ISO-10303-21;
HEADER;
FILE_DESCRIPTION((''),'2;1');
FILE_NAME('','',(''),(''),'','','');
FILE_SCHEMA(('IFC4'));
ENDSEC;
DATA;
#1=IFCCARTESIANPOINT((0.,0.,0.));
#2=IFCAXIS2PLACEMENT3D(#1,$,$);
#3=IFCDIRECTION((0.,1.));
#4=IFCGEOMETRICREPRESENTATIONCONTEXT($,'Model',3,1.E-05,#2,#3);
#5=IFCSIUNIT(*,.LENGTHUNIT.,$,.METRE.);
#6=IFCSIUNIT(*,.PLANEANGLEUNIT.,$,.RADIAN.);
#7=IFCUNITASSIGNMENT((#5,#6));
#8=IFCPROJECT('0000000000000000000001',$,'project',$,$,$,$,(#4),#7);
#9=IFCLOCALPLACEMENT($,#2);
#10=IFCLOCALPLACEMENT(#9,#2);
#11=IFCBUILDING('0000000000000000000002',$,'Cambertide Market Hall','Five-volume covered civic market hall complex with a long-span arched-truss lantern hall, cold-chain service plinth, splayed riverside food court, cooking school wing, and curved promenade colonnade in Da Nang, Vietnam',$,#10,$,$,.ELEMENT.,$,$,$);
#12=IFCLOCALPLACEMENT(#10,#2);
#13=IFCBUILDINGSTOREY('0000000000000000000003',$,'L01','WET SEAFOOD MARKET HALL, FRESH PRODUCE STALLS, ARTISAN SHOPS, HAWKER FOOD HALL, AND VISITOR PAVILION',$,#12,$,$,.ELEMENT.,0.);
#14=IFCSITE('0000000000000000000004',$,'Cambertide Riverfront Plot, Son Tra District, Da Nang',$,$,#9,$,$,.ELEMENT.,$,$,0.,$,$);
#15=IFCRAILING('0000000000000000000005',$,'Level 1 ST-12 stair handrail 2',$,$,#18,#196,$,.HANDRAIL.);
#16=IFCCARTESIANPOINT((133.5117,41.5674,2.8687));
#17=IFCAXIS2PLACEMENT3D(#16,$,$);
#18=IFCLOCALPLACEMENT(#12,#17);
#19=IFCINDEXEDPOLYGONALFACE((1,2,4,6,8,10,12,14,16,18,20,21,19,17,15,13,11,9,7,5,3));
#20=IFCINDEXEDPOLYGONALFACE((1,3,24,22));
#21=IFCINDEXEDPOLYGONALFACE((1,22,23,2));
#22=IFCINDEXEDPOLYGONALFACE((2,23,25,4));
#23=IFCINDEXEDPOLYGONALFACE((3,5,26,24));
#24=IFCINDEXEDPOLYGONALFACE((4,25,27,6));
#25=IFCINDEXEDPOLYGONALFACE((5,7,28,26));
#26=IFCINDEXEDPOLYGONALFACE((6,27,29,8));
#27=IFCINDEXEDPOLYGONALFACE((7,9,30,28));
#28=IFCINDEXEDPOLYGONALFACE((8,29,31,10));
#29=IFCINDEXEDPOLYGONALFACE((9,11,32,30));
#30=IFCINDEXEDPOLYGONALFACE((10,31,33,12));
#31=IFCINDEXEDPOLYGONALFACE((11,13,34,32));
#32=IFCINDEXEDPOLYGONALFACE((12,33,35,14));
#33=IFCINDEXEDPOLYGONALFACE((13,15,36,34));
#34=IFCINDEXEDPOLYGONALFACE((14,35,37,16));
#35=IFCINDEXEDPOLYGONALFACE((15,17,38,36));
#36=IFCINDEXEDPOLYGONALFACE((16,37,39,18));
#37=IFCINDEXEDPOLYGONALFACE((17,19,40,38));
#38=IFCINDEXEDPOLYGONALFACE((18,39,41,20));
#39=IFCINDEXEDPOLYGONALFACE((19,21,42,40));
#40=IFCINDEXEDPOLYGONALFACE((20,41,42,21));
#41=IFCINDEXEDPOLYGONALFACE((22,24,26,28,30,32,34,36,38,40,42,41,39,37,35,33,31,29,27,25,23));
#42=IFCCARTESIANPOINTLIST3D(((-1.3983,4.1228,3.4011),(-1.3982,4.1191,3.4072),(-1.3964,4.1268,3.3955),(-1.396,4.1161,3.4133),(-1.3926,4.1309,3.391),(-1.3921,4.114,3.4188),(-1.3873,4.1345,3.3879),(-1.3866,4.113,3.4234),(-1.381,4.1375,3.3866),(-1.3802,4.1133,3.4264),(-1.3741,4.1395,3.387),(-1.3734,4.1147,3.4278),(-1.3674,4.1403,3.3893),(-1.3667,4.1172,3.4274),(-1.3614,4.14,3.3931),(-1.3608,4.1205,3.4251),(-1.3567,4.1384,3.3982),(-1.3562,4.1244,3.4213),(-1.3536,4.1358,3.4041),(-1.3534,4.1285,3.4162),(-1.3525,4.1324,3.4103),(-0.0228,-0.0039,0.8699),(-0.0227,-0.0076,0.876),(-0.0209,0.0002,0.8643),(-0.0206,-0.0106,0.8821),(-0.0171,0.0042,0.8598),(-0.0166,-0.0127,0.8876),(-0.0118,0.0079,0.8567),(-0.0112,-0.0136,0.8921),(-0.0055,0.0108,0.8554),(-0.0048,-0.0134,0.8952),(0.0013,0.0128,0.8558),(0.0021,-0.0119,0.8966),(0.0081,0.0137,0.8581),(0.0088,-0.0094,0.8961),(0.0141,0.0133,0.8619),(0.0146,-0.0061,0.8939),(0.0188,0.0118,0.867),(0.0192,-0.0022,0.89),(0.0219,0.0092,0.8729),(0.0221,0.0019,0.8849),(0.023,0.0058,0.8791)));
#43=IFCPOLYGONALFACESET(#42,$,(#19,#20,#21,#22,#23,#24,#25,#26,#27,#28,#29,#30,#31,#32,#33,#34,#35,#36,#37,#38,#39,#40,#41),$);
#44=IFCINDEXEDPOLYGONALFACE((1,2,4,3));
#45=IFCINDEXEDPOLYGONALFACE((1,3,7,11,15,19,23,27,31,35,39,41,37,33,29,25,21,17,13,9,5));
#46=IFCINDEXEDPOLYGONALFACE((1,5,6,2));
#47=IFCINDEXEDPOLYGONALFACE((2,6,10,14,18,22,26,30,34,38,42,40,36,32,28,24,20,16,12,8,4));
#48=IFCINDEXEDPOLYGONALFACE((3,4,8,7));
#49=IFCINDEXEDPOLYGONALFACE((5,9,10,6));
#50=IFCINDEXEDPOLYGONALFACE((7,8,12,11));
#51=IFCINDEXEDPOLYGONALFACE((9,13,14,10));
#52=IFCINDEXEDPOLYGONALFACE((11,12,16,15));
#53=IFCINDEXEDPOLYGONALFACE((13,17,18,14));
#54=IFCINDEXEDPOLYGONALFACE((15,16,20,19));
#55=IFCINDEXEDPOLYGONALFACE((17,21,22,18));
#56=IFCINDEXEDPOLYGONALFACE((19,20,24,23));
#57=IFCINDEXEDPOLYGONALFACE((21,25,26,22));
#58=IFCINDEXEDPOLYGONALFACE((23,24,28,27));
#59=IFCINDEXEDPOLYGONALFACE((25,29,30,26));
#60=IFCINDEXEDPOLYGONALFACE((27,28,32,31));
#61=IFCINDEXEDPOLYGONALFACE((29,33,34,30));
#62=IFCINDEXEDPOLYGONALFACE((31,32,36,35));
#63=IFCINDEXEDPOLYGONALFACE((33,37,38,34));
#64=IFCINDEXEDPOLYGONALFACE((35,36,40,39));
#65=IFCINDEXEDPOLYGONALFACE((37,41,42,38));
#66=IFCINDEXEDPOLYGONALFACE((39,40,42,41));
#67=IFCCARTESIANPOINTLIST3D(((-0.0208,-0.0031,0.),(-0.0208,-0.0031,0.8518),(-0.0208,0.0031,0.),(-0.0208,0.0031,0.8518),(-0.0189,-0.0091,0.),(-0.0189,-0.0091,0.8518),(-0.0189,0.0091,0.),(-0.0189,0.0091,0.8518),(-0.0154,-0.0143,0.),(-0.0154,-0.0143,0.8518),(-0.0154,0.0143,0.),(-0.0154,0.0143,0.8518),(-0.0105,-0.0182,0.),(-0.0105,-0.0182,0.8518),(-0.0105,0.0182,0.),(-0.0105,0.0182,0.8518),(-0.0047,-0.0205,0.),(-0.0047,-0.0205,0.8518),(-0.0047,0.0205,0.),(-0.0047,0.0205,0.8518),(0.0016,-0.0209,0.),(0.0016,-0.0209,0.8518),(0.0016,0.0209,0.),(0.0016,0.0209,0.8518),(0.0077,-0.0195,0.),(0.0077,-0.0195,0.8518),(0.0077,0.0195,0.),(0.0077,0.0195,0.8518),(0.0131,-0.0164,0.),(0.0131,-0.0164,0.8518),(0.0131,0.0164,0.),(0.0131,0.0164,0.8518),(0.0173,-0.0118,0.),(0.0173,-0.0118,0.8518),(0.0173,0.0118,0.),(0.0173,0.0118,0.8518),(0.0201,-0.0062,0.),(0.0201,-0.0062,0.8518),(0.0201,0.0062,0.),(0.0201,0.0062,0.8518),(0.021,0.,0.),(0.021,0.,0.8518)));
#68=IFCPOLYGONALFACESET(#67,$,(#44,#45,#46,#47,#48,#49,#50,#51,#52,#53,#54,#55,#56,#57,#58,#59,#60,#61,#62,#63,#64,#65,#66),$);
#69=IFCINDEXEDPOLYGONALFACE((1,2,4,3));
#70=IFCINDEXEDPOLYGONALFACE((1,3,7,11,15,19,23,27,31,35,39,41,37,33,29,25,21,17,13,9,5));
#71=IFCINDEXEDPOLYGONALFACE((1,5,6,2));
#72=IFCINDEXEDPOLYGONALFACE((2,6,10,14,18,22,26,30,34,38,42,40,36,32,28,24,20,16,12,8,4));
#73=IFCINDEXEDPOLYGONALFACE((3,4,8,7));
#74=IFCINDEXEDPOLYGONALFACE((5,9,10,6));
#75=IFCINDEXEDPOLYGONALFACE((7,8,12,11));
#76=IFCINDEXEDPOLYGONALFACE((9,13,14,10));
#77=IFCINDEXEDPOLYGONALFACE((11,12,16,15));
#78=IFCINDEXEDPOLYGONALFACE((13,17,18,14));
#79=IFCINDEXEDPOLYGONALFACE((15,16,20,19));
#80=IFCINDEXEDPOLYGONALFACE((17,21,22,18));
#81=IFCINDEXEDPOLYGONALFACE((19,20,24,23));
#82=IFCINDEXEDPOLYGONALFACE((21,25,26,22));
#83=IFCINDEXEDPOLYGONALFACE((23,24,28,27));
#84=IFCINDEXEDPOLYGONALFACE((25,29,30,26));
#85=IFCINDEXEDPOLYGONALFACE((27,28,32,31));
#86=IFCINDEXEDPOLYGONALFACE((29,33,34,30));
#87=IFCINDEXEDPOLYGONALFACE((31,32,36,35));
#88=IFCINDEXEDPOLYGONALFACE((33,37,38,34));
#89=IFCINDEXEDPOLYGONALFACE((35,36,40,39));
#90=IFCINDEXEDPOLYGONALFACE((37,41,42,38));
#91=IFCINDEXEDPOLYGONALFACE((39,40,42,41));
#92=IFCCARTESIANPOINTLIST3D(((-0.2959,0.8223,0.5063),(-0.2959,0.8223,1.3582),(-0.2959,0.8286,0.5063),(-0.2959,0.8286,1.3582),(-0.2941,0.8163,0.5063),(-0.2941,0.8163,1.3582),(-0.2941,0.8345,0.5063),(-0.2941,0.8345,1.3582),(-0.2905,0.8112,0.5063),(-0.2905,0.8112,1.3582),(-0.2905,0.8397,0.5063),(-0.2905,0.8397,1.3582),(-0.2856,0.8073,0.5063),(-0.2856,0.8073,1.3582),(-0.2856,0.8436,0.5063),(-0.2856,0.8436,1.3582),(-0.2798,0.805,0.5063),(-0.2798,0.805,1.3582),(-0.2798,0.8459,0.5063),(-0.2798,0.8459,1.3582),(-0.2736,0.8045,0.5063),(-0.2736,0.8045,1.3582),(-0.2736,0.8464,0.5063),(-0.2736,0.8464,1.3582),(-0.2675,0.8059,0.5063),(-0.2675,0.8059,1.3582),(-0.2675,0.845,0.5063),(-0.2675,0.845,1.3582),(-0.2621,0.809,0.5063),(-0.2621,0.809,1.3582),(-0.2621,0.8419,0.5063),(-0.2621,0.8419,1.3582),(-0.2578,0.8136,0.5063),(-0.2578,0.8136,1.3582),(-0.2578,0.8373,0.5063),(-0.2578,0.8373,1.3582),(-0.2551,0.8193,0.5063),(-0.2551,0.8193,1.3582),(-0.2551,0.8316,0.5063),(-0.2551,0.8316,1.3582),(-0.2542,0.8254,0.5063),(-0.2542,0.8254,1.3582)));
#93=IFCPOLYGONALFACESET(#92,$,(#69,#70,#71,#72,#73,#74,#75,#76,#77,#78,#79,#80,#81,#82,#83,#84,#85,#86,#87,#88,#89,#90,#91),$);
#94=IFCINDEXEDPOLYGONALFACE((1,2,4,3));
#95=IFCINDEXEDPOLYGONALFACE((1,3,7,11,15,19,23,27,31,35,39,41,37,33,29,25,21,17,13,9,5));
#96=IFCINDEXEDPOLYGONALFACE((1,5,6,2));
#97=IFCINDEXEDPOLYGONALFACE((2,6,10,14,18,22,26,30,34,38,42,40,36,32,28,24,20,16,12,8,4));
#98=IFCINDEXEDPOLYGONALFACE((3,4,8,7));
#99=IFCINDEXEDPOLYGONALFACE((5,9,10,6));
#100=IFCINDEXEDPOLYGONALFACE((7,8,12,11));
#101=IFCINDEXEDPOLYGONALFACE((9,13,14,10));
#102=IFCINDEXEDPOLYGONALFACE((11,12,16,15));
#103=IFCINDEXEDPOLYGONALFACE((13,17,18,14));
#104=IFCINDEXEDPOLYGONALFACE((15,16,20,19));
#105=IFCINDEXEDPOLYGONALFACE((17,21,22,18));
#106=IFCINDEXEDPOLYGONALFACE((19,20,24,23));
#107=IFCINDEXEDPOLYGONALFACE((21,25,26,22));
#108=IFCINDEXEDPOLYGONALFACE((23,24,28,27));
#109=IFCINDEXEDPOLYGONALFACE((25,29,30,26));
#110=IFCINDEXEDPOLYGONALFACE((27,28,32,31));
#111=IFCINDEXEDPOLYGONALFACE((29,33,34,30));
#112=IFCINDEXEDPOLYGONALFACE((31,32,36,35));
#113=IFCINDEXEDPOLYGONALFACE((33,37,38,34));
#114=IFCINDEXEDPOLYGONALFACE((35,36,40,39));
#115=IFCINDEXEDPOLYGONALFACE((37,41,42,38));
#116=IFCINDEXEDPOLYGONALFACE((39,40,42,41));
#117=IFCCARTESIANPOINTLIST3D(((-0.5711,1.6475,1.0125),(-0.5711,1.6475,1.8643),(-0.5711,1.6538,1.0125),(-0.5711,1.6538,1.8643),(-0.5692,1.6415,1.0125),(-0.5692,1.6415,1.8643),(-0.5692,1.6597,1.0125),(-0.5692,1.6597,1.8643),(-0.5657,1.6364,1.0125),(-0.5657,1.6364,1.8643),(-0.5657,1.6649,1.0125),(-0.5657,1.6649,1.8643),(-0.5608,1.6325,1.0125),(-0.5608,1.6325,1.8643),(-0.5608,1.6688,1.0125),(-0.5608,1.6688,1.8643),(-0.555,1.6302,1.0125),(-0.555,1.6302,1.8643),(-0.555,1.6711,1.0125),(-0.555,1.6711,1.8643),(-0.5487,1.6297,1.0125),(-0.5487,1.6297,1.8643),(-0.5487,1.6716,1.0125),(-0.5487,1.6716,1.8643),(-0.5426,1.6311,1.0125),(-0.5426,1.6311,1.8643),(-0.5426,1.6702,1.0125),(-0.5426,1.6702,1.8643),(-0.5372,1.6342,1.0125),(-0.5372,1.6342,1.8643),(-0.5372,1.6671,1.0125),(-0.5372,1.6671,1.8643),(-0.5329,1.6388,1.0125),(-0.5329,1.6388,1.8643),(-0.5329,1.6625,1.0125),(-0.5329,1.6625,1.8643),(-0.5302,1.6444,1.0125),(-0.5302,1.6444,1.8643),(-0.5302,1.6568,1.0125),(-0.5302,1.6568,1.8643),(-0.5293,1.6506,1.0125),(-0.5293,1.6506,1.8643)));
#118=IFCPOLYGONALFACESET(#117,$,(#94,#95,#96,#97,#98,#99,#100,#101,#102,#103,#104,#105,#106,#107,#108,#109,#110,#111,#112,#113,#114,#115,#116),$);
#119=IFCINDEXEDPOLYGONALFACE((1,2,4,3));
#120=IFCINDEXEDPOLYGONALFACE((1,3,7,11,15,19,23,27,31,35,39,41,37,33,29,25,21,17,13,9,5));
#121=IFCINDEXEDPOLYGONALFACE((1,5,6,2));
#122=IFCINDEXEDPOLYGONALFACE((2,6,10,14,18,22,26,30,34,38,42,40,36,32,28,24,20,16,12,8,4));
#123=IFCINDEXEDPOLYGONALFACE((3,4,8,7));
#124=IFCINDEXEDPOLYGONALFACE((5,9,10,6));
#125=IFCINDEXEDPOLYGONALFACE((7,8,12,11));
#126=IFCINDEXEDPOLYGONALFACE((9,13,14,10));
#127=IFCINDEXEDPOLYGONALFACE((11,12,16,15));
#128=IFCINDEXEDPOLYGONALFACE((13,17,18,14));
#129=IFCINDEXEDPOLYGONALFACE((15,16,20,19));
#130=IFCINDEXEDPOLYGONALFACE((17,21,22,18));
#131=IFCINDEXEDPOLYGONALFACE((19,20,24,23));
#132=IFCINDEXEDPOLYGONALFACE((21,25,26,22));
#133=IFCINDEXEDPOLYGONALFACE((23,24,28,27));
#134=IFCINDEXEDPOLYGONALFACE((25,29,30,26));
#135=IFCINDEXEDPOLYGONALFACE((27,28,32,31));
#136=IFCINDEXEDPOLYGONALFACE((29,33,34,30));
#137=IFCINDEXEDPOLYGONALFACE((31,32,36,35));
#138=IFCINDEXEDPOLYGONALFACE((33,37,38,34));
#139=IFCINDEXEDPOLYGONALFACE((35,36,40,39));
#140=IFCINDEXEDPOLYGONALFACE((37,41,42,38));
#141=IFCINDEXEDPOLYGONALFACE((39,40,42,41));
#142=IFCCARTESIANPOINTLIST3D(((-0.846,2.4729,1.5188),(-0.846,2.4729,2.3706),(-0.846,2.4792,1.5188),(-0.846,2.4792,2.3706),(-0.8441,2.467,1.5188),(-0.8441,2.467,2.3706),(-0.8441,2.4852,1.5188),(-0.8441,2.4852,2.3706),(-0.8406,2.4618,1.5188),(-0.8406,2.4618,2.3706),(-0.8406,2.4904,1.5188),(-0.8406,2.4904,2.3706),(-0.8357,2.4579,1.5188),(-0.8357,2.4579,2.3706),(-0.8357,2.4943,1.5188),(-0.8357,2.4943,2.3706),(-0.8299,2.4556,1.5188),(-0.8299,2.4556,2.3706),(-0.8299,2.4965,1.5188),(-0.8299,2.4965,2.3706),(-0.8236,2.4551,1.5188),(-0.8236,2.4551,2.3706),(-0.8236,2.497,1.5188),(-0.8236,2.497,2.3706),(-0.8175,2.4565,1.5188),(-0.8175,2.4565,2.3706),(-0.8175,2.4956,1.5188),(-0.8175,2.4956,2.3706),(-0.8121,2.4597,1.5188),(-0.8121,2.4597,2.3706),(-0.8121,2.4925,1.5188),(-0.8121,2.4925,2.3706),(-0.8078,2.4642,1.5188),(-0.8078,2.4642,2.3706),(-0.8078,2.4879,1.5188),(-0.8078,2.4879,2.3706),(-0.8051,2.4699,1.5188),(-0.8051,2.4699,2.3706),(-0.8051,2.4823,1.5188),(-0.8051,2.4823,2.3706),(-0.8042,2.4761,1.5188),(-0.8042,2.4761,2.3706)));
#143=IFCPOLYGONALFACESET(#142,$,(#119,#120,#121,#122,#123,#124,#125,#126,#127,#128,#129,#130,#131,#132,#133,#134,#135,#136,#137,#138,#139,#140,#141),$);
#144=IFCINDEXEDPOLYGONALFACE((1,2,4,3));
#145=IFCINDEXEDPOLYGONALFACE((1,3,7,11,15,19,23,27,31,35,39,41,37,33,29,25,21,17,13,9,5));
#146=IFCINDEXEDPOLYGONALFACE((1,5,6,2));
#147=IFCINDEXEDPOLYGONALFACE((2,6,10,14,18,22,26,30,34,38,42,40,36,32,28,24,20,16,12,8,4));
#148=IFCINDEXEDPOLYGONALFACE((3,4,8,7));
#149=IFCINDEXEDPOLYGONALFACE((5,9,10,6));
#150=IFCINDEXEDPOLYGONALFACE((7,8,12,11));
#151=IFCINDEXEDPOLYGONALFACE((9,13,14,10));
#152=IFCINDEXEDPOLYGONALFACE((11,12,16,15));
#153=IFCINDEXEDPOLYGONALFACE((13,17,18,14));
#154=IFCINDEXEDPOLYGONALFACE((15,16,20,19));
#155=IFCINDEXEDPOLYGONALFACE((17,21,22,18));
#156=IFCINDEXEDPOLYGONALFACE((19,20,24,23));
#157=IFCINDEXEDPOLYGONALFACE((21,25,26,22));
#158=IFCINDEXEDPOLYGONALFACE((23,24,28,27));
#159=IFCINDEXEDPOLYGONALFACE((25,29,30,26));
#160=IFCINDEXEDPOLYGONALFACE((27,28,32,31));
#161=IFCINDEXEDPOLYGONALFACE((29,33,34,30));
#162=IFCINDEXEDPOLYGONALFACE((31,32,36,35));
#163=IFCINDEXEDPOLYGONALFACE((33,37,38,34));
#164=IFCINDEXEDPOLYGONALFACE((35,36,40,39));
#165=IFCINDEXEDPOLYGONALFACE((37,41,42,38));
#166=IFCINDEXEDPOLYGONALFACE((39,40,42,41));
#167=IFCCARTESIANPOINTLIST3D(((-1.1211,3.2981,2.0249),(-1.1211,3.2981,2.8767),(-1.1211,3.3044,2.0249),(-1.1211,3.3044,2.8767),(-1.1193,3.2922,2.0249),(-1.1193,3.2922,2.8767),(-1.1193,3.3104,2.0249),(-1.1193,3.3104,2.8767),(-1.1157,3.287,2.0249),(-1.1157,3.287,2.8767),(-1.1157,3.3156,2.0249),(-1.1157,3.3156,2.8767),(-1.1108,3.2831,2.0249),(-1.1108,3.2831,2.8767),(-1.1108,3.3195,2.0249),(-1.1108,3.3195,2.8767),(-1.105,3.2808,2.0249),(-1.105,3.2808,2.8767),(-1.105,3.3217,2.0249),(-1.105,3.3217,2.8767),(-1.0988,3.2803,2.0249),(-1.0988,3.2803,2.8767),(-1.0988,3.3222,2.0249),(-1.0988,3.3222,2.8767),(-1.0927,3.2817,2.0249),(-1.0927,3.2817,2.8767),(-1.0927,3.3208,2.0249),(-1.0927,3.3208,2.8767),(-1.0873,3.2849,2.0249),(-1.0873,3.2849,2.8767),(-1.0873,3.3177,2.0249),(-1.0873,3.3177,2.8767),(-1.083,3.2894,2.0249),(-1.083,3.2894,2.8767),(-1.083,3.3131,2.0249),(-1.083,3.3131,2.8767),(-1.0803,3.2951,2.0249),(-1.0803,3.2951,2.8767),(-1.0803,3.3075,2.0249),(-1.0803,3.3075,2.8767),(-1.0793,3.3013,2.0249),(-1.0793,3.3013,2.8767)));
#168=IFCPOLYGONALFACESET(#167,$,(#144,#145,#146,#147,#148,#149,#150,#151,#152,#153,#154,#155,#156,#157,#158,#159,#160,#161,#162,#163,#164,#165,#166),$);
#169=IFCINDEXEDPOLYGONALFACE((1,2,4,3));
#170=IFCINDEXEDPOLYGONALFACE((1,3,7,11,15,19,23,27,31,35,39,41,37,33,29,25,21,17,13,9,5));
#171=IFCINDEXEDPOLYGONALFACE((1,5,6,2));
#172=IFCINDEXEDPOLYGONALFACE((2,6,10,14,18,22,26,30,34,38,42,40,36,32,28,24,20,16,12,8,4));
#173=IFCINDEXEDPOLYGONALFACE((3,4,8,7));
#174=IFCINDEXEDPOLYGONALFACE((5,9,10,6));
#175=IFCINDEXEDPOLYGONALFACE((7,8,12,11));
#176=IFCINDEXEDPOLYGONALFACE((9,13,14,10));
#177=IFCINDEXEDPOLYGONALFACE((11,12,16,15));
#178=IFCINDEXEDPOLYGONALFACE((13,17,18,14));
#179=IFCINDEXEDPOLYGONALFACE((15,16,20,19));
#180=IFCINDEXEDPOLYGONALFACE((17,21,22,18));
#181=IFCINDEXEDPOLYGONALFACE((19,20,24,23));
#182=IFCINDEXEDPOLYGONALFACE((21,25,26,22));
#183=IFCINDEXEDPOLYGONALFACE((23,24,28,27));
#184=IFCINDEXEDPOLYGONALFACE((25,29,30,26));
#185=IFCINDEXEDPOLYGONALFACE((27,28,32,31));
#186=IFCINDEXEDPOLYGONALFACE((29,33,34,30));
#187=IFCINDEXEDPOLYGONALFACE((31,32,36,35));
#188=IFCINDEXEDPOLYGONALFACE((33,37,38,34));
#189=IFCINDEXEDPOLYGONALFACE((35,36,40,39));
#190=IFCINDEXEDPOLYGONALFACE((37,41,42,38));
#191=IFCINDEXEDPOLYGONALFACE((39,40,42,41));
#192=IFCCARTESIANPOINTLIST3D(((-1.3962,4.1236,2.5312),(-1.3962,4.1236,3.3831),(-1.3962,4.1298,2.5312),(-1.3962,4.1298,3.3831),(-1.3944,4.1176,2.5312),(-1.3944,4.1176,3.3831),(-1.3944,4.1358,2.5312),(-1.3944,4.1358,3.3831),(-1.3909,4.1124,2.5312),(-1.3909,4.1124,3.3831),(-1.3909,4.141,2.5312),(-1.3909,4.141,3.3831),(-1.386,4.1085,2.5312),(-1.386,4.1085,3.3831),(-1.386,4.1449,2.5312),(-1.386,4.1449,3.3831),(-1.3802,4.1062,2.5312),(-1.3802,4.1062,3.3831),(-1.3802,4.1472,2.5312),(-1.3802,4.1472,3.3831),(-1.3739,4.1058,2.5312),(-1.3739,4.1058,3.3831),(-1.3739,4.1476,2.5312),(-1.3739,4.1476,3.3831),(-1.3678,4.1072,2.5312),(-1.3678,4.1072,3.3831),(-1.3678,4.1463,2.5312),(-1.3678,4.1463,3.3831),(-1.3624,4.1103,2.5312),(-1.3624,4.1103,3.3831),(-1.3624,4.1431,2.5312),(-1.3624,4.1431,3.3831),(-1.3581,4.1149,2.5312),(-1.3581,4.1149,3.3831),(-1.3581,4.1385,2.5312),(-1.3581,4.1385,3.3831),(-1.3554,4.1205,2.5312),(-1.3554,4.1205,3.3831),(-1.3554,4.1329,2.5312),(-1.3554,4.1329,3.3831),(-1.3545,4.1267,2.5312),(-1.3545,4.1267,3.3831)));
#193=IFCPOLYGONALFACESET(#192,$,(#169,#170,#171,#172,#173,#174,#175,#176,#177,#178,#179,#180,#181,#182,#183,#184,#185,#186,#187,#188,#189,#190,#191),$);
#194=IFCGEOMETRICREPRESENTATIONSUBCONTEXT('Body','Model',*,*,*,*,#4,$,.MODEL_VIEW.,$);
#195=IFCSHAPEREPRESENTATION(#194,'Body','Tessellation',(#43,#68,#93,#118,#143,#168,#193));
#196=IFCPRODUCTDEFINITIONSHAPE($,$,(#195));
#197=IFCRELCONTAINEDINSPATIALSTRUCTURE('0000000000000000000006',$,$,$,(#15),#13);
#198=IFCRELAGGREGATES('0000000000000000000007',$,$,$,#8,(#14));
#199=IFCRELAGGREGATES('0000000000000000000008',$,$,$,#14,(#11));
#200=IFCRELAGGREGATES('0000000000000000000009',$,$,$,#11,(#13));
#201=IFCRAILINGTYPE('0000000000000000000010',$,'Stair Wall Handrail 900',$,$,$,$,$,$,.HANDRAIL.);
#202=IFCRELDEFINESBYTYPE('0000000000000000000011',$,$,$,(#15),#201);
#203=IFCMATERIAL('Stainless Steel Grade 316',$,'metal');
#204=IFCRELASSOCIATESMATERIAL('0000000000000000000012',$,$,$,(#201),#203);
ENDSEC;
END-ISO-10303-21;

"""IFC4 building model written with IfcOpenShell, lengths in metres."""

from ifc_helpers import new_model, si_unit, direction, frame, origin, origin_2d, place, context, subcontext, project, spatial, circle, extrude, material, type_object, element, save


model = new_model("IFC4")

# Units and contexts
model_context = context("Model", 3, precision=1e-05, world=origin(), true_north=direction((0.0, 1.0)))
body_context = subcontext(model_context, "Body", "Model", "MODEL_VIEW")
ifc_project = project(units=[si_unit("LENGTHUNIT", "METRE"), si_unit("PLANEANGLEUNIT", "RADIAN")], contexts=[model_context])

# Site, building, storey
site_placement = place(None, origin())
site = spatial("IfcSite", under=ifc_project, at=site_placement, Name="Cambertide Riverfront Plot, Son Tra District, Da Nang", CompositionType="ELEMENT", RefElevation=0.0)
building_placement = place(site_placement, origin())
building = spatial("IfcBuilding", under=site, at=building_placement, Name="Cambertide Market Hall", Description="Five-volume covered civic market hall complex with a long-span arched-truss lantern hall, cold-chain service plinth, splayed riverside food court, cooking school wing, and curved promenade colonnade in Da Nang, Vietnam", CompositionType="ELEMENT")
storey_placement = place(building_placement, origin())
storey = spatial("IfcBuildingStorey", under=building, at=storey_placement, Name="L01", Description="WET SEAFOOD MARKET HALL, FRESH PRODUCE STALLS, ARTISAN SHOPS, HAWKER FOOD HALL, AND VISITOR PAVILION", CompositionType="ELEMENT", Elevation=0.0)

# Railing
ifc_material_1 = material(Name="Stainless Steel Grade 316", Category="metal")
railing_type_1 = type_object("IfcRailingType", Name="Stair Wall Handrail 900", PredefinedType="HANDRAIL", material=ifc_material_1)
railing_1_placement = place(storey_placement, frame((133.5117, 41.5674, 2.8687)))
element("IfcRailing", 1, at=railing_1_placement, inside=storey, type_object=railing_type_1, Name="Level 1 ST-12 stair handrail 2", PredefinedType="HANDRAIL", context=body_context, shape_type="SweptSolid", body=[
    extrude(circle(Radius=0.0239, at=origin_2d()), frame((0.0, 0.0, 0.876), z_axis=(-0.273306, 0.819965, 0.502952), x_axis=(-0.948689, -0.316211, 0.0)), (0.0, 0.0, 1.0), 5.0327),
    extrude(circle(Radius=0.021, at=origin_2d()), origin(), (0.0, 0.0, 1.0), 0.8518),
    extrude(circle(Radius=0.021, at=origin_2d()), frame((-0.2751, 0.8254, 0.5063)), (0.0, 0.0, 1.0), 0.8518),
    extrude(circle(Radius=0.021, at=origin_2d()), frame((-0.5503, 1.6506, 1.0125)), (0.0, 0.0, 1.0), 0.8518),
    extrude(circle(Radius=0.021, at=origin_2d()), frame((-0.8252, 2.4761, 1.5188)), (0.0, 0.0, 1.0), 0.8518),
    extrude(circle(Radius=0.021, at=origin_2d()), frame((-1.1003, 3.3013, 2.0249)), (0.0, 0.0, 1.0), 0.8518),
    extrude(circle(Radius=0.021, at=origin_2d()), frame((-1.3755, 4.1267, 2.5312)), (0.0, 0.0, 1.0), 0.8518),
])

save(model, "model.ifc")
